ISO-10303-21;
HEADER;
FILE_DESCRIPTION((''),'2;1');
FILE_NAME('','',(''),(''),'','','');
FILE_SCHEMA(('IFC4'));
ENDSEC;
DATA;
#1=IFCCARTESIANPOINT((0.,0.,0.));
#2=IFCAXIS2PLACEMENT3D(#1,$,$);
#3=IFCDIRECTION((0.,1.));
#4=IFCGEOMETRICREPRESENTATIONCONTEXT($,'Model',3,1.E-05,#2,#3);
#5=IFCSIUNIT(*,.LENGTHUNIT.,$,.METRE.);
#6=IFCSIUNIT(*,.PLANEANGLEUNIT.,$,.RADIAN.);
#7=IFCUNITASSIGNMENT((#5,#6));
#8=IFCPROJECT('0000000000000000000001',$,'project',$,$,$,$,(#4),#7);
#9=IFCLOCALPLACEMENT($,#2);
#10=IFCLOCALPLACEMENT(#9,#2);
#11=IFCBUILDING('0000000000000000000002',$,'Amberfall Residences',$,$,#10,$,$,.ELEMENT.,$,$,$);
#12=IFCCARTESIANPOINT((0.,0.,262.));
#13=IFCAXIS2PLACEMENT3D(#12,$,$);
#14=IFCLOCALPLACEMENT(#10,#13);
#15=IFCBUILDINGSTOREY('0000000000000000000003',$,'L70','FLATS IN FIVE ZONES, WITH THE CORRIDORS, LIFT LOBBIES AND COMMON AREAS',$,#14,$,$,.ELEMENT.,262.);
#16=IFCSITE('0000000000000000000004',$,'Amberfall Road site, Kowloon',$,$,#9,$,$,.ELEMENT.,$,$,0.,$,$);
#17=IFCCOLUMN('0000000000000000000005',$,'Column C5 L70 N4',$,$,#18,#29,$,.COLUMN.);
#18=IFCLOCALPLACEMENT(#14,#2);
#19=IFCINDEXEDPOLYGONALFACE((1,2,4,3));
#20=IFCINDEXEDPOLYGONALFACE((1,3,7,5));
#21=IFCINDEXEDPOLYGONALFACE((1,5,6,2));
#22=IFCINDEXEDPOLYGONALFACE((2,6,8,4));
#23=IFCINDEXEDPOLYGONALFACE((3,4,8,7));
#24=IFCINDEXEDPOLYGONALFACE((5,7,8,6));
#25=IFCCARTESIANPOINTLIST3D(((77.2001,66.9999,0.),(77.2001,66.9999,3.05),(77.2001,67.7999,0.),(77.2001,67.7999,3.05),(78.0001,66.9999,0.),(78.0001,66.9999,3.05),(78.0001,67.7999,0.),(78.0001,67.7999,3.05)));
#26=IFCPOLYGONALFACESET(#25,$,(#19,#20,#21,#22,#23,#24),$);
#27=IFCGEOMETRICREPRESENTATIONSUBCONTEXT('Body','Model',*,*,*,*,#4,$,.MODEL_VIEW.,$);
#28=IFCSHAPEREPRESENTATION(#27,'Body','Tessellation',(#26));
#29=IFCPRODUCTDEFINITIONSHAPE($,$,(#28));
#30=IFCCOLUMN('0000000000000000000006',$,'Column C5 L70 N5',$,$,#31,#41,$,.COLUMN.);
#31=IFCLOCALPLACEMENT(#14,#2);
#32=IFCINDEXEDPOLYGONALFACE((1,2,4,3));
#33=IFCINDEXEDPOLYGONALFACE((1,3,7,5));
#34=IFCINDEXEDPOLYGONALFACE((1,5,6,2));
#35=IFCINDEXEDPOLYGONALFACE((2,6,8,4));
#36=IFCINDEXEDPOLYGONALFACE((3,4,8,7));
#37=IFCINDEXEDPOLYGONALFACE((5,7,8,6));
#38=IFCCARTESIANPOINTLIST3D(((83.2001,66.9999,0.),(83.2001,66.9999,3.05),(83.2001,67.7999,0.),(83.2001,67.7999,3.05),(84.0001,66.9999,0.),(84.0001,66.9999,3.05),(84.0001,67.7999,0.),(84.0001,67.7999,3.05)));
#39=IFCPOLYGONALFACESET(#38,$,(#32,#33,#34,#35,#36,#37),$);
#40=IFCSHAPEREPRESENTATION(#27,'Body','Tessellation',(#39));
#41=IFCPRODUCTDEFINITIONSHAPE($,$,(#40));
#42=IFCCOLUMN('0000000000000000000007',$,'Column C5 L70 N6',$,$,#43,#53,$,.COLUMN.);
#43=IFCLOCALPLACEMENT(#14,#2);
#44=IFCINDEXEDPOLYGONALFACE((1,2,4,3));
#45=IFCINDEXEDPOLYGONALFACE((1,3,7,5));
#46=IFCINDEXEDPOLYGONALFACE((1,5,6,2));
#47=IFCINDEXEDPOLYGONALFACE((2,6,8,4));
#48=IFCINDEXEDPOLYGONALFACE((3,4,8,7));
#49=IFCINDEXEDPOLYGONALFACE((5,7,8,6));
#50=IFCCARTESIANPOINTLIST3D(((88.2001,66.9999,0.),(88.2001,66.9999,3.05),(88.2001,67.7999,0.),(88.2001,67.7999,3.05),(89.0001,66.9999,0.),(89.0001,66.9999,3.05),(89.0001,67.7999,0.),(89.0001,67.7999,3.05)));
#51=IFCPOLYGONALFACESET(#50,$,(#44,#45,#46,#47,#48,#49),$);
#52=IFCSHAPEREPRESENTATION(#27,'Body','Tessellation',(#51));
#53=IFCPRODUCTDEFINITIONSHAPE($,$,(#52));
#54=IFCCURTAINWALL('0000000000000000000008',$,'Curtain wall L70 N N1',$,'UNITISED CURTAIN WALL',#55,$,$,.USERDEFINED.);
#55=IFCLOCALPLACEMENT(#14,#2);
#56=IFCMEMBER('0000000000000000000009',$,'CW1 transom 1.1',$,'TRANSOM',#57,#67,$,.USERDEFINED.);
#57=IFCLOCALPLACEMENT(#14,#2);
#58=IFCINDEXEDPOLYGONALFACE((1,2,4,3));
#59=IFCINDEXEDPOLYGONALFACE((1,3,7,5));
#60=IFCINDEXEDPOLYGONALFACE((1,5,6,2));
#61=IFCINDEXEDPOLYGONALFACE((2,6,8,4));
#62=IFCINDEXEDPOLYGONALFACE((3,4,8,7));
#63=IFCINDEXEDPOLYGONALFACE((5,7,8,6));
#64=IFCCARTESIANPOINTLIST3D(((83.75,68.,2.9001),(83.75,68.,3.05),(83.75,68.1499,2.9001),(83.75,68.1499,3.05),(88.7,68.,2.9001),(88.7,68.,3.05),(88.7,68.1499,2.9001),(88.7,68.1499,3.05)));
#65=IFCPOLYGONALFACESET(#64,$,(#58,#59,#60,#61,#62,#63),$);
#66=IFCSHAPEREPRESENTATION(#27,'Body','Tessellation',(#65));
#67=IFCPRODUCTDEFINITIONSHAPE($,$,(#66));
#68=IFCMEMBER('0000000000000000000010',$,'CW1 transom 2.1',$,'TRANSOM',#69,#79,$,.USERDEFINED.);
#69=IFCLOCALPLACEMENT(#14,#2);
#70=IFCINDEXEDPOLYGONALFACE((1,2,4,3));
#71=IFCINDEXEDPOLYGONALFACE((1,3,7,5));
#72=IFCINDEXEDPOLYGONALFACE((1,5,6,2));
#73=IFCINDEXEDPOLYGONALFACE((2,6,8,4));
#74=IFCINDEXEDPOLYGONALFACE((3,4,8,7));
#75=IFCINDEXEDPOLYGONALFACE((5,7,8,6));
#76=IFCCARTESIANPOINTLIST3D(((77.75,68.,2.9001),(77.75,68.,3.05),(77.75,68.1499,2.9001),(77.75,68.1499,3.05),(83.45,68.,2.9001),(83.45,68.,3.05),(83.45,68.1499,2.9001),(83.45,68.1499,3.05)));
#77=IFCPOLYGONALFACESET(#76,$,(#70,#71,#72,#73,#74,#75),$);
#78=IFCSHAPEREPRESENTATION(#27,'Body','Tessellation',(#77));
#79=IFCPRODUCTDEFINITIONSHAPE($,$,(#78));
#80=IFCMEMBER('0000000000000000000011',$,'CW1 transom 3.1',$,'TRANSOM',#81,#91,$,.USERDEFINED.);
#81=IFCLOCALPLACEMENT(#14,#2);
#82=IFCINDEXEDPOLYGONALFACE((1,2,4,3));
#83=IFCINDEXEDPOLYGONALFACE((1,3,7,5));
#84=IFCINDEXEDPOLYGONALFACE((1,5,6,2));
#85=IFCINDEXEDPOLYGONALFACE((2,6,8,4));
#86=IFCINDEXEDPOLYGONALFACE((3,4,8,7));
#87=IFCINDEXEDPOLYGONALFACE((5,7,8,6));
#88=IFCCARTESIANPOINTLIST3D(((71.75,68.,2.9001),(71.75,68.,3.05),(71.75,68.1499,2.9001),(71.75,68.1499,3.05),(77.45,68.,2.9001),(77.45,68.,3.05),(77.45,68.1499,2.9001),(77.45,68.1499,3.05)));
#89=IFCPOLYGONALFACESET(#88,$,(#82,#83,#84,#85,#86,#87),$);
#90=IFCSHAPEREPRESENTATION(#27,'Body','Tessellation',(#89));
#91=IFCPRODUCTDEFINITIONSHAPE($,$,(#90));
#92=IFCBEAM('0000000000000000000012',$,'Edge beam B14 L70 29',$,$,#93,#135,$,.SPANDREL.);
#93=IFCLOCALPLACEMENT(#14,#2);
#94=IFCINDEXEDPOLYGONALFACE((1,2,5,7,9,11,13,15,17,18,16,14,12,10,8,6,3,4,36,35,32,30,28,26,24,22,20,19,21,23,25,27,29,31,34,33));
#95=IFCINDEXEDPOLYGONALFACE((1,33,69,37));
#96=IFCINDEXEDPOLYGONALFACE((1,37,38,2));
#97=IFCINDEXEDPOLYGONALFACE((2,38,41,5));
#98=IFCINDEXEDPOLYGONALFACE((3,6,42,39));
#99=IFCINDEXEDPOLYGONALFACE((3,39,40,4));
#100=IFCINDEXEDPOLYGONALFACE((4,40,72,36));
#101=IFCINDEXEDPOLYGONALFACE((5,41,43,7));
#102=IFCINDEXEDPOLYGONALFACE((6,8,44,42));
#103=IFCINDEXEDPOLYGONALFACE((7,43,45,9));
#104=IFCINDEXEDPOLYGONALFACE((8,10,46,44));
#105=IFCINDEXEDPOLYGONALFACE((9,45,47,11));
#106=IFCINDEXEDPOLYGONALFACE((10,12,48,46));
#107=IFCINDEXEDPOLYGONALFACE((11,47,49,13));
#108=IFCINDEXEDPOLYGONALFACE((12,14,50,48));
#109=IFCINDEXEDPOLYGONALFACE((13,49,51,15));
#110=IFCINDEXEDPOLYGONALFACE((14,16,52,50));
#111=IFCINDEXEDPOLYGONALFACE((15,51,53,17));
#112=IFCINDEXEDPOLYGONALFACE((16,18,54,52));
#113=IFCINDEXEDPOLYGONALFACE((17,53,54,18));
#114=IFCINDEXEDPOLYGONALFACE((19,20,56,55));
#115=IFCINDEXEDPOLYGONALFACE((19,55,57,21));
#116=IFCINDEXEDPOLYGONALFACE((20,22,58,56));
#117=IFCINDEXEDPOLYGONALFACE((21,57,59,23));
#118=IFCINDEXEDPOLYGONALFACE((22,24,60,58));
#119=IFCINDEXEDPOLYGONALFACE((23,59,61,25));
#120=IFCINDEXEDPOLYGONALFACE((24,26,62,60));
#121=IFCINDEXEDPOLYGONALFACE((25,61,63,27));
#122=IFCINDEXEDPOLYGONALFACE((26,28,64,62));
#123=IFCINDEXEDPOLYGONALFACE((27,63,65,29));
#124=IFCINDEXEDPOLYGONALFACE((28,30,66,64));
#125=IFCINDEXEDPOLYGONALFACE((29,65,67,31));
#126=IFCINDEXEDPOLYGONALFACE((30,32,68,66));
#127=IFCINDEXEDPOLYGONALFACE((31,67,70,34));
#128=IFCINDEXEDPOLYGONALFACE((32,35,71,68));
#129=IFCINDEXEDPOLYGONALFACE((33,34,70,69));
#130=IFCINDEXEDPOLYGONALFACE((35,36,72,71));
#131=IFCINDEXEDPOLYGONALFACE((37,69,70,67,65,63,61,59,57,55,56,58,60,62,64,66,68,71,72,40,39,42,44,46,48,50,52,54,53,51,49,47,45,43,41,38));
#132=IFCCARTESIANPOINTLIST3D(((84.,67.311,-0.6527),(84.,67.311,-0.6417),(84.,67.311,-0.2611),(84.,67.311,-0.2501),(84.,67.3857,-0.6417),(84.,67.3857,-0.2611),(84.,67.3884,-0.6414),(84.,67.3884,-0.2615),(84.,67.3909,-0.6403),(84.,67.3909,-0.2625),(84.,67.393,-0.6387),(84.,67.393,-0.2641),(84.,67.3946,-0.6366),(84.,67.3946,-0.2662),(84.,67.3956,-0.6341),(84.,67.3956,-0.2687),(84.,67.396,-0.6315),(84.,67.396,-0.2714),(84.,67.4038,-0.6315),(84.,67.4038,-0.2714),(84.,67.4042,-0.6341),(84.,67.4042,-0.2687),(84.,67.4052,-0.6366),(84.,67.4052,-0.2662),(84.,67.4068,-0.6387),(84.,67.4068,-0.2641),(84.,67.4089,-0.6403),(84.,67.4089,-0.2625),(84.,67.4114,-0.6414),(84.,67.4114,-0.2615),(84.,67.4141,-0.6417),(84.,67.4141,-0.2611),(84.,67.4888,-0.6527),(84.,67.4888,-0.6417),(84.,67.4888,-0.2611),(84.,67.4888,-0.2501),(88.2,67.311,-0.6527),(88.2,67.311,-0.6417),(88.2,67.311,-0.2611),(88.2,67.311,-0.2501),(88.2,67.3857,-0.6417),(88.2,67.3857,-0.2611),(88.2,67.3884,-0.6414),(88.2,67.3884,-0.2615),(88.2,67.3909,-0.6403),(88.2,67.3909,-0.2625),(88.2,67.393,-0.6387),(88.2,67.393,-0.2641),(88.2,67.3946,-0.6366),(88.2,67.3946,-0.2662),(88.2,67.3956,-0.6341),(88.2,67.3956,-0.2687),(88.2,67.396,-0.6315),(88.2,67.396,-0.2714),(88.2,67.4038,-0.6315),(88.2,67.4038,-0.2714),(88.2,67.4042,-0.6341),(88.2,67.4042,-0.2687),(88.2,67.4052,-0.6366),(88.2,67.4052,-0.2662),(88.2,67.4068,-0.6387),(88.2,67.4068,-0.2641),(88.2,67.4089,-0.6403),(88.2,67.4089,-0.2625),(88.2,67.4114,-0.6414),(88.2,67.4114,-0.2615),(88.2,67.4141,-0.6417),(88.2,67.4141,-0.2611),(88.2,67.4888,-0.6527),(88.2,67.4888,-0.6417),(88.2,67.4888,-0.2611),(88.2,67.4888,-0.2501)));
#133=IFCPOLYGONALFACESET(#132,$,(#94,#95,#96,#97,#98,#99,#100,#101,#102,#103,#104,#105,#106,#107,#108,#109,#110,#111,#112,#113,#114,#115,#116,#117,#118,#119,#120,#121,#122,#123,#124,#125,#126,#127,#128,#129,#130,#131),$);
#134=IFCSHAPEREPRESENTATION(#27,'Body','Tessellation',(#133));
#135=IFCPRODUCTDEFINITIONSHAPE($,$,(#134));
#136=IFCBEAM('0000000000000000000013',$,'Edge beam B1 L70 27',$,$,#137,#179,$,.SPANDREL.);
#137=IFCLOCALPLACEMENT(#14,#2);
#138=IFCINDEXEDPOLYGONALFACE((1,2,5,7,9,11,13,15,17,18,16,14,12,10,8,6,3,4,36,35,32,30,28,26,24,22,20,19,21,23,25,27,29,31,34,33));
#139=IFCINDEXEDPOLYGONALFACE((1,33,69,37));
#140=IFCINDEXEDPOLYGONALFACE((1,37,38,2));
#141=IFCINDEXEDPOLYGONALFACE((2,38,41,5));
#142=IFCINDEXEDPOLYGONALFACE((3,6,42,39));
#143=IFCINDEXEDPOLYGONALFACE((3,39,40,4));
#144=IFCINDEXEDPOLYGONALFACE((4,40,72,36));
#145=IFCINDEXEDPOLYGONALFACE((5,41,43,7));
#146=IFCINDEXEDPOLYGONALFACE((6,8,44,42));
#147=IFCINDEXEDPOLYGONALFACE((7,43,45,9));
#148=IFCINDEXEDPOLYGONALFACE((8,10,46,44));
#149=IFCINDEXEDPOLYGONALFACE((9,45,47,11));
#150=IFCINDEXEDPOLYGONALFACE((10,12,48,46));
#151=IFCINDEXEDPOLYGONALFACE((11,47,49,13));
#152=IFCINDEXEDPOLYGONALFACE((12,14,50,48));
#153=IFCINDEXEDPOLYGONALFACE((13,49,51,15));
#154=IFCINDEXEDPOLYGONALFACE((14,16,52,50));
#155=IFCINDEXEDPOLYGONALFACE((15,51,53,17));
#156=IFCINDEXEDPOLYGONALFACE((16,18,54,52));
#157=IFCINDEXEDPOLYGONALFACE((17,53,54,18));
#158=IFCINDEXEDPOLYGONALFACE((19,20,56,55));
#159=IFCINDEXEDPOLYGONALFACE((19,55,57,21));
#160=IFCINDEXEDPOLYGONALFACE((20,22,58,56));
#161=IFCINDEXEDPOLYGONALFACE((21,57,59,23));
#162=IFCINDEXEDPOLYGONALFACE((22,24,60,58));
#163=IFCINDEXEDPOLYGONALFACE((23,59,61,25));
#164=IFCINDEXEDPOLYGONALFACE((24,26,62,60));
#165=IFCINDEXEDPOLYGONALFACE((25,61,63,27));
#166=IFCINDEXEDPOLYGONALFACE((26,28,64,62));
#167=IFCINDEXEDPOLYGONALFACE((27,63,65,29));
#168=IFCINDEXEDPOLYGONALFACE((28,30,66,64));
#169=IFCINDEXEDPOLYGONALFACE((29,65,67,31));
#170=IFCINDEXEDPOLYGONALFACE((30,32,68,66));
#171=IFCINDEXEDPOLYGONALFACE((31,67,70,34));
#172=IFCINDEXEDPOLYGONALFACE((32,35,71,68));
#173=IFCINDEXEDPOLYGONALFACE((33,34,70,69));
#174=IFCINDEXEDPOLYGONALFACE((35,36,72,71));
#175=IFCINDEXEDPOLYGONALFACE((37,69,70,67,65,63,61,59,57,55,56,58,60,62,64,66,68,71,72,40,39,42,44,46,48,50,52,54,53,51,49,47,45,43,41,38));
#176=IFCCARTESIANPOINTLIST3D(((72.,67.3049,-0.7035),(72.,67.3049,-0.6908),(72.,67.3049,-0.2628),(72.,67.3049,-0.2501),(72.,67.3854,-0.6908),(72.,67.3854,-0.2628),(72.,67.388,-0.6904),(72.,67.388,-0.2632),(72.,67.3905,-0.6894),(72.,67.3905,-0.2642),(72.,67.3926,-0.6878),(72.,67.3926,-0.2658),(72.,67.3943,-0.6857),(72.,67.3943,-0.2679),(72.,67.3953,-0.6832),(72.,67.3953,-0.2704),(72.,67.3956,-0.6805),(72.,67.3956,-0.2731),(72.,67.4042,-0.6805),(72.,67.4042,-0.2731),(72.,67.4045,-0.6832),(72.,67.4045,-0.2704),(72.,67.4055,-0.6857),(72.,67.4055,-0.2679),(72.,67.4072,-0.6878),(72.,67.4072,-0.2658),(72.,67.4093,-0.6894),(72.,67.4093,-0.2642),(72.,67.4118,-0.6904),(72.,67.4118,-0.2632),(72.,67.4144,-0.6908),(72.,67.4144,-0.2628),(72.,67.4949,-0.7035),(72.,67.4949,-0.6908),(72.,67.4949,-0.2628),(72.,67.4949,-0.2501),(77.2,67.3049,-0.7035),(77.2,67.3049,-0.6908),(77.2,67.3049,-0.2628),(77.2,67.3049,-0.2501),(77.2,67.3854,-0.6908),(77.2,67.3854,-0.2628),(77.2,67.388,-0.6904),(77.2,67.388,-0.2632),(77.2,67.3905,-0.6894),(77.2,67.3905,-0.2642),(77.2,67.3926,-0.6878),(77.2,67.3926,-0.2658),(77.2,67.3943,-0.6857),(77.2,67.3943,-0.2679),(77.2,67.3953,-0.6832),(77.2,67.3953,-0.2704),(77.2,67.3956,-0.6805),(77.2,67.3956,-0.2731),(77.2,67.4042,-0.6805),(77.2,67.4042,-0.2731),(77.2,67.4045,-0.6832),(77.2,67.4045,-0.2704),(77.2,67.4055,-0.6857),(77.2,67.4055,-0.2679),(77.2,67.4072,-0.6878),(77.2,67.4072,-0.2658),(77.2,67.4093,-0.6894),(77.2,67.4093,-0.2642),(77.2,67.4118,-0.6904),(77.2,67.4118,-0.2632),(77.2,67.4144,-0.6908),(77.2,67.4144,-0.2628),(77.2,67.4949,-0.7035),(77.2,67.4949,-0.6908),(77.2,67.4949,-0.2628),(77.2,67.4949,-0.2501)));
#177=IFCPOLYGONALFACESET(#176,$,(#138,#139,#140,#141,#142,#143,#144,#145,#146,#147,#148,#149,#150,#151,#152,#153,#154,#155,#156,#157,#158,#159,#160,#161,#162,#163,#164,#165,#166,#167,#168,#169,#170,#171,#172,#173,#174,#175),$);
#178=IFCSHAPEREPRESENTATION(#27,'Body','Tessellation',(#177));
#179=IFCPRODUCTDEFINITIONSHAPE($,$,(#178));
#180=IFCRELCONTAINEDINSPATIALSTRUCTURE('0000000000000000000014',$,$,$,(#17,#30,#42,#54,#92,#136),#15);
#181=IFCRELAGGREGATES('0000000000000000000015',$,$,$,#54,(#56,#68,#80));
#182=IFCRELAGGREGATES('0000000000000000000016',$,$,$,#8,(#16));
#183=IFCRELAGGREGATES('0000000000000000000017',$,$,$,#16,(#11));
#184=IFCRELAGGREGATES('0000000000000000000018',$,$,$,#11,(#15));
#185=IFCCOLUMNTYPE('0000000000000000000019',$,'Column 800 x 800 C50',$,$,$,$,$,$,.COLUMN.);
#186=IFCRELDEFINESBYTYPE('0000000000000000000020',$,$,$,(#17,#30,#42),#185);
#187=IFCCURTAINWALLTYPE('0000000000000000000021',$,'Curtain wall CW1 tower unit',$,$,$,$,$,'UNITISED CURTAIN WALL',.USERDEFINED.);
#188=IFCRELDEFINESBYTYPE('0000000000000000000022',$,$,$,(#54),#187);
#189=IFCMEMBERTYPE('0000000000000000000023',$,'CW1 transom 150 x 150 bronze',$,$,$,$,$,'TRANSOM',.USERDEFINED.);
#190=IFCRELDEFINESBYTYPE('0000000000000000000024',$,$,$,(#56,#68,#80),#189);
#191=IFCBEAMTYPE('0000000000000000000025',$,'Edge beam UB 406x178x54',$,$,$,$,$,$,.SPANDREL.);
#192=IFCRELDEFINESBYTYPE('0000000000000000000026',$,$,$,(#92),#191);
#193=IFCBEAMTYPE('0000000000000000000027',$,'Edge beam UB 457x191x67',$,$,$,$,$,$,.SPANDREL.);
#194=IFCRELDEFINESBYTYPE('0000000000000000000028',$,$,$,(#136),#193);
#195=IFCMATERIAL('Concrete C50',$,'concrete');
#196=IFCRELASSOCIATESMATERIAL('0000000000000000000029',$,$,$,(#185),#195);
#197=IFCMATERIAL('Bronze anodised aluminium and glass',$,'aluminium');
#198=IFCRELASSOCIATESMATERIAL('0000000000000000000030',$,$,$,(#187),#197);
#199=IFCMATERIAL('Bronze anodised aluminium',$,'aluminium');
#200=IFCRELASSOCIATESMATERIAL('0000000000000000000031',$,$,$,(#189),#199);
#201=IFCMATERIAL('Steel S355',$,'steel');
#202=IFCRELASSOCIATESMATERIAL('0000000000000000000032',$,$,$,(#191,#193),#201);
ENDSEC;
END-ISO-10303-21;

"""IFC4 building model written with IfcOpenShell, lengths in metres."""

from ifc_helpers import new_model, si_unit, direction, frame, origin, origin_2d, place, context, subcontext, project, spatial, rectangle, i_section, extrude, material, material_profile, profile_set, type_object, element, aggregate, save


model = new_model("IFC4")

# Units and contexts
model_context = context("Model", 3, precision=1e-05, world=origin(), true_north=direction((0.0, 1.0)))
body_context = subcontext(model_context, "Body", "Model", "MODEL_VIEW")
ifc_project = project(units=[si_unit("LENGTHUNIT", "METRE"), si_unit("PLANEANGLEUNIT", "RADIAN")], contexts=[model_context])

# Site, building, storey
site_placement = place(None, origin())
site = spatial("IfcSite", under=ifc_project, at=site_placement, Name="Amberfall Road site, Kowloon", CompositionType="ELEMENT", RefElevation=0.0)
building_placement = place(site_placement, origin())
building = spatial("IfcBuilding", under=site, at=building_placement, Name="Amberfall Residences", CompositionType="ELEMENT")
storey_placement = place(building_placement, frame((0.0, 0.0, 262.0)))
storey = spatial("IfcBuildingStorey", under=building, at=storey_placement, Name="L70", Description="FLATS IN FIVE ZONES, WITH THE CORRIDORS, LIFT LOBBIES AND COMMON AREAS", CompositionType="ELEMENT", Elevation=262.0)

# Columns
ifc_material_1 = material(Name="Concrete C50", Category="concrete")
ifc_material_profile_1 = material_profile(ifc_material_1, rectangle(XDim=0.8, YDim=0.8, at=origin_2d()), Name="Column 800 x 800 C50")
ifc_profile_set_1 = profile_set([ifc_material_profile_1], Name="Concrete C50")
column_type = type_object("IfcColumnType", Name="Column 800 x 800 C50", PredefinedType="COLUMN", material=ifc_profile_set_1)
for number, where, z_axis, x_axis, name in (
    (1, (77.6001, 67.3999, 0.0), (0.0, 0.0, 1.0), (1.0, 0.0, 0.0), "Column C5 L70 N4"),
    (2, (83.6001, 67.3999, 0.0), (0.0, 0.0, 1.0), (1.0, 0.0, 0.0), "Column C5 L70 N5"),
    (3, (88.6001, 67.3999, 0.0), (0.0, 0.0, 1.0), (1.0, 0.0, 0.0), "Column C5 L70 N6"),
):
    element("IfcColumn", number, at=place(storey_placement, frame(where, z_axis=z_axis, x_axis=x_axis)), inside=storey, type_object=column_type, Name=name, PredefinedType="COLUMN", context=body_context, shape_type="SweptSolid", body=[
        extrude(rectangle(XDim=0.8, YDim=0.8, at=origin_2d()), origin(), (0.0, 0.0, 1.0), 3.05),
    ])

# Curtain wall, members
ifc_material_2 = material(Name="Bronze anodised aluminium and glass", Category="aluminium")
curtain_wall_type = type_object("IfcCurtainWallType", Name="Curtain wall CW1 tower unit", ElementType="UNITISED CURTAIN WALL", PredefinedType="USERDEFINED", material=ifc_material_2)
curtain_wall_placement = place(storey_placement, origin())
curtain_wall = element("IfcCurtainWall", 4, at=curtain_wall_placement, inside=storey, type_object=curtain_wall_type, Name="Curtain wall L70 N N1", ObjectType="UNITISED CURTAIN WALL", PredefinedType="USERDEFINED")
ifc_material_3 = material(Name="Bronze anodised aluminium", Category="aluminium")
ifc_material_profile_2 = material_profile(ifc_material_3, rectangle(XDim=0.1499, YDim=0.1499, at=origin_2d()), Name="CW1 transom 150 x 150 bronze")
ifc_profile_set_2 = profile_set([ifc_material_profile_2], Name="Bronze anodised aluminium")
member_type_1 = type_object("IfcMemberType", Name="CW1 transom 150 x 150 bronze", ElementType="TRANSOM", PredefinedType="USERDEFINED", material=ifc_profile_set_2)
member_1_placement = place(storey_placement, frame((88.7, 68.075, 2.9751), z_axis=(-1.0, 0.0, 0.0), x_axis=(0.0, -1.0, 0.0)))
member_1 = element("IfcMember", 5, at=member_1_placement, type_object=member_type_1, Name="CW1 transom 1.1", ObjectType="TRANSOM", PredefinedType="USERDEFINED", context=body_context, shape_type="SweptSolid", body=[
    extrude(rectangle(XDim=0.1499, YDim=0.1499, at=origin_2d()), origin(), (0.0, 0.0, 1.0), 4.95),
])
member_2_placement = place(storey_placement, frame((83.45, 68.075, 2.9751), z_axis=(-1.0, 0.0, 0.0), x_axis=(0.0, -1.0, 0.0)))
member_2 = element("IfcMember", 6, at=member_2_placement, type_object=member_type_1, Name="CW1 transom 2.1", ObjectType="TRANSOM", PredefinedType="USERDEFINED", context=body_context, shape_type="SweptSolid", body=[
    extrude(rectangle(XDim=0.1499, YDim=0.1499, at=origin_2d()), origin(), (0.0, 0.0, 1.0), 5.7),
])
member_3_placement = place(storey_placement, frame((77.45, 68.075, 2.9751), z_axis=(-1.0, 0.0, 0.0), x_axis=(0.0, -1.0, 0.0)))
member_3 = element("IfcMember", 7, at=member_3_placement, type_object=member_type_1, Name="CW1 transom 3.1", ObjectType="TRANSOM", PredefinedType="USERDEFINED", context=body_context, shape_type="SweptSolid", body=[
    extrude(rectangle(XDim=0.1499, YDim=0.1499, at=origin_2d()), origin(), (0.0, 0.0, 1.0), 5.7),
])

# Beams
ifc_material_4 = material(Name="Steel S355", Category="steel")
ifc_material_profile_3 = material_profile(ifc_material_4, i_section(OverallWidth=0.1777, OverallDepth=0.4026, WebThickness=0.0078, FlangeThickness=0.011, FilletRadius=0.0103, at=origin_2d()), Name="UB 406x178x54")
ifc_profile_set_3 = profile_set([ifc_material_profile_3], Name="Steel S355")
beam_type_1 = type_object("IfcBeamType", Name="Edge beam UB 406x178x54", PredefinedType="SPANDREL", material=ifc_profile_set_3)
beam_1_placement = place(storey_placement, frame((84.0, 67.3999, -0.4514), z_axis=(1.0, 0.0, 0.0), x_axis=(0.0, 1.0, 0.0)))
element("IfcBeam", 8, at=beam_1_placement, inside=storey, type_object=beam_type_1, Name="Edge beam B14 L70 29", PredefinedType="SPANDREL", context=body_context, shape_type="SweptSolid", body=[
    extrude(i_section(OverallWidth=0.1777, OverallDepth=0.4026, WebThickness=0.0078, FlangeThickness=0.011, FilletRadius=0.0103, at=origin_2d()), origin(), (0.0, 0.0, 1.0), 4.2),
])
ifc_material_profile_4 = material_profile(ifc_material_4, i_section(OverallWidth=0.1899, OverallDepth=0.4534, WebThickness=0.0085, FlangeThickness=0.0127, FilletRadius=0.0103, at=origin_2d()), Name="UB 457x191x67")
ifc_profile_set_4 = profile_set([ifc_material_profile_4], Name="Steel S355")
beam_type_2 = type_object("IfcBeamType", Name="Edge beam UB 457x191x67", PredefinedType="SPANDREL", material=ifc_profile_set_4)
for number, where, z_axis, x_axis, name in (
    (9, (72.0, 67.3999, -0.4768), (1.0, 0.0, 0.0), (0.0, 1.0, 0.0), "Edge beam B1 L70 27"),
):
    element("IfcBeam", number, at=place(storey_placement, frame(where, z_axis=z_axis, x_axis=x_axis)), inside=storey, type_object=beam_type_2, Name=name, PredefinedType="SPANDREL", context=body_context, shape_type="SweptSolid", body=[
        extrude(i_section(OverallWidth=0.1899, OverallDepth=0.4534, WebThickness=0.0085, FlangeThickness=0.0127, FilletRadius=0.0103, at=origin_2d()), origin(), (0.0, 0.0, 1.0), 5.2),
    ])

aggregate(curtain_wall, [member_1, member_2, member_3])

save(model, "model.ifc")
